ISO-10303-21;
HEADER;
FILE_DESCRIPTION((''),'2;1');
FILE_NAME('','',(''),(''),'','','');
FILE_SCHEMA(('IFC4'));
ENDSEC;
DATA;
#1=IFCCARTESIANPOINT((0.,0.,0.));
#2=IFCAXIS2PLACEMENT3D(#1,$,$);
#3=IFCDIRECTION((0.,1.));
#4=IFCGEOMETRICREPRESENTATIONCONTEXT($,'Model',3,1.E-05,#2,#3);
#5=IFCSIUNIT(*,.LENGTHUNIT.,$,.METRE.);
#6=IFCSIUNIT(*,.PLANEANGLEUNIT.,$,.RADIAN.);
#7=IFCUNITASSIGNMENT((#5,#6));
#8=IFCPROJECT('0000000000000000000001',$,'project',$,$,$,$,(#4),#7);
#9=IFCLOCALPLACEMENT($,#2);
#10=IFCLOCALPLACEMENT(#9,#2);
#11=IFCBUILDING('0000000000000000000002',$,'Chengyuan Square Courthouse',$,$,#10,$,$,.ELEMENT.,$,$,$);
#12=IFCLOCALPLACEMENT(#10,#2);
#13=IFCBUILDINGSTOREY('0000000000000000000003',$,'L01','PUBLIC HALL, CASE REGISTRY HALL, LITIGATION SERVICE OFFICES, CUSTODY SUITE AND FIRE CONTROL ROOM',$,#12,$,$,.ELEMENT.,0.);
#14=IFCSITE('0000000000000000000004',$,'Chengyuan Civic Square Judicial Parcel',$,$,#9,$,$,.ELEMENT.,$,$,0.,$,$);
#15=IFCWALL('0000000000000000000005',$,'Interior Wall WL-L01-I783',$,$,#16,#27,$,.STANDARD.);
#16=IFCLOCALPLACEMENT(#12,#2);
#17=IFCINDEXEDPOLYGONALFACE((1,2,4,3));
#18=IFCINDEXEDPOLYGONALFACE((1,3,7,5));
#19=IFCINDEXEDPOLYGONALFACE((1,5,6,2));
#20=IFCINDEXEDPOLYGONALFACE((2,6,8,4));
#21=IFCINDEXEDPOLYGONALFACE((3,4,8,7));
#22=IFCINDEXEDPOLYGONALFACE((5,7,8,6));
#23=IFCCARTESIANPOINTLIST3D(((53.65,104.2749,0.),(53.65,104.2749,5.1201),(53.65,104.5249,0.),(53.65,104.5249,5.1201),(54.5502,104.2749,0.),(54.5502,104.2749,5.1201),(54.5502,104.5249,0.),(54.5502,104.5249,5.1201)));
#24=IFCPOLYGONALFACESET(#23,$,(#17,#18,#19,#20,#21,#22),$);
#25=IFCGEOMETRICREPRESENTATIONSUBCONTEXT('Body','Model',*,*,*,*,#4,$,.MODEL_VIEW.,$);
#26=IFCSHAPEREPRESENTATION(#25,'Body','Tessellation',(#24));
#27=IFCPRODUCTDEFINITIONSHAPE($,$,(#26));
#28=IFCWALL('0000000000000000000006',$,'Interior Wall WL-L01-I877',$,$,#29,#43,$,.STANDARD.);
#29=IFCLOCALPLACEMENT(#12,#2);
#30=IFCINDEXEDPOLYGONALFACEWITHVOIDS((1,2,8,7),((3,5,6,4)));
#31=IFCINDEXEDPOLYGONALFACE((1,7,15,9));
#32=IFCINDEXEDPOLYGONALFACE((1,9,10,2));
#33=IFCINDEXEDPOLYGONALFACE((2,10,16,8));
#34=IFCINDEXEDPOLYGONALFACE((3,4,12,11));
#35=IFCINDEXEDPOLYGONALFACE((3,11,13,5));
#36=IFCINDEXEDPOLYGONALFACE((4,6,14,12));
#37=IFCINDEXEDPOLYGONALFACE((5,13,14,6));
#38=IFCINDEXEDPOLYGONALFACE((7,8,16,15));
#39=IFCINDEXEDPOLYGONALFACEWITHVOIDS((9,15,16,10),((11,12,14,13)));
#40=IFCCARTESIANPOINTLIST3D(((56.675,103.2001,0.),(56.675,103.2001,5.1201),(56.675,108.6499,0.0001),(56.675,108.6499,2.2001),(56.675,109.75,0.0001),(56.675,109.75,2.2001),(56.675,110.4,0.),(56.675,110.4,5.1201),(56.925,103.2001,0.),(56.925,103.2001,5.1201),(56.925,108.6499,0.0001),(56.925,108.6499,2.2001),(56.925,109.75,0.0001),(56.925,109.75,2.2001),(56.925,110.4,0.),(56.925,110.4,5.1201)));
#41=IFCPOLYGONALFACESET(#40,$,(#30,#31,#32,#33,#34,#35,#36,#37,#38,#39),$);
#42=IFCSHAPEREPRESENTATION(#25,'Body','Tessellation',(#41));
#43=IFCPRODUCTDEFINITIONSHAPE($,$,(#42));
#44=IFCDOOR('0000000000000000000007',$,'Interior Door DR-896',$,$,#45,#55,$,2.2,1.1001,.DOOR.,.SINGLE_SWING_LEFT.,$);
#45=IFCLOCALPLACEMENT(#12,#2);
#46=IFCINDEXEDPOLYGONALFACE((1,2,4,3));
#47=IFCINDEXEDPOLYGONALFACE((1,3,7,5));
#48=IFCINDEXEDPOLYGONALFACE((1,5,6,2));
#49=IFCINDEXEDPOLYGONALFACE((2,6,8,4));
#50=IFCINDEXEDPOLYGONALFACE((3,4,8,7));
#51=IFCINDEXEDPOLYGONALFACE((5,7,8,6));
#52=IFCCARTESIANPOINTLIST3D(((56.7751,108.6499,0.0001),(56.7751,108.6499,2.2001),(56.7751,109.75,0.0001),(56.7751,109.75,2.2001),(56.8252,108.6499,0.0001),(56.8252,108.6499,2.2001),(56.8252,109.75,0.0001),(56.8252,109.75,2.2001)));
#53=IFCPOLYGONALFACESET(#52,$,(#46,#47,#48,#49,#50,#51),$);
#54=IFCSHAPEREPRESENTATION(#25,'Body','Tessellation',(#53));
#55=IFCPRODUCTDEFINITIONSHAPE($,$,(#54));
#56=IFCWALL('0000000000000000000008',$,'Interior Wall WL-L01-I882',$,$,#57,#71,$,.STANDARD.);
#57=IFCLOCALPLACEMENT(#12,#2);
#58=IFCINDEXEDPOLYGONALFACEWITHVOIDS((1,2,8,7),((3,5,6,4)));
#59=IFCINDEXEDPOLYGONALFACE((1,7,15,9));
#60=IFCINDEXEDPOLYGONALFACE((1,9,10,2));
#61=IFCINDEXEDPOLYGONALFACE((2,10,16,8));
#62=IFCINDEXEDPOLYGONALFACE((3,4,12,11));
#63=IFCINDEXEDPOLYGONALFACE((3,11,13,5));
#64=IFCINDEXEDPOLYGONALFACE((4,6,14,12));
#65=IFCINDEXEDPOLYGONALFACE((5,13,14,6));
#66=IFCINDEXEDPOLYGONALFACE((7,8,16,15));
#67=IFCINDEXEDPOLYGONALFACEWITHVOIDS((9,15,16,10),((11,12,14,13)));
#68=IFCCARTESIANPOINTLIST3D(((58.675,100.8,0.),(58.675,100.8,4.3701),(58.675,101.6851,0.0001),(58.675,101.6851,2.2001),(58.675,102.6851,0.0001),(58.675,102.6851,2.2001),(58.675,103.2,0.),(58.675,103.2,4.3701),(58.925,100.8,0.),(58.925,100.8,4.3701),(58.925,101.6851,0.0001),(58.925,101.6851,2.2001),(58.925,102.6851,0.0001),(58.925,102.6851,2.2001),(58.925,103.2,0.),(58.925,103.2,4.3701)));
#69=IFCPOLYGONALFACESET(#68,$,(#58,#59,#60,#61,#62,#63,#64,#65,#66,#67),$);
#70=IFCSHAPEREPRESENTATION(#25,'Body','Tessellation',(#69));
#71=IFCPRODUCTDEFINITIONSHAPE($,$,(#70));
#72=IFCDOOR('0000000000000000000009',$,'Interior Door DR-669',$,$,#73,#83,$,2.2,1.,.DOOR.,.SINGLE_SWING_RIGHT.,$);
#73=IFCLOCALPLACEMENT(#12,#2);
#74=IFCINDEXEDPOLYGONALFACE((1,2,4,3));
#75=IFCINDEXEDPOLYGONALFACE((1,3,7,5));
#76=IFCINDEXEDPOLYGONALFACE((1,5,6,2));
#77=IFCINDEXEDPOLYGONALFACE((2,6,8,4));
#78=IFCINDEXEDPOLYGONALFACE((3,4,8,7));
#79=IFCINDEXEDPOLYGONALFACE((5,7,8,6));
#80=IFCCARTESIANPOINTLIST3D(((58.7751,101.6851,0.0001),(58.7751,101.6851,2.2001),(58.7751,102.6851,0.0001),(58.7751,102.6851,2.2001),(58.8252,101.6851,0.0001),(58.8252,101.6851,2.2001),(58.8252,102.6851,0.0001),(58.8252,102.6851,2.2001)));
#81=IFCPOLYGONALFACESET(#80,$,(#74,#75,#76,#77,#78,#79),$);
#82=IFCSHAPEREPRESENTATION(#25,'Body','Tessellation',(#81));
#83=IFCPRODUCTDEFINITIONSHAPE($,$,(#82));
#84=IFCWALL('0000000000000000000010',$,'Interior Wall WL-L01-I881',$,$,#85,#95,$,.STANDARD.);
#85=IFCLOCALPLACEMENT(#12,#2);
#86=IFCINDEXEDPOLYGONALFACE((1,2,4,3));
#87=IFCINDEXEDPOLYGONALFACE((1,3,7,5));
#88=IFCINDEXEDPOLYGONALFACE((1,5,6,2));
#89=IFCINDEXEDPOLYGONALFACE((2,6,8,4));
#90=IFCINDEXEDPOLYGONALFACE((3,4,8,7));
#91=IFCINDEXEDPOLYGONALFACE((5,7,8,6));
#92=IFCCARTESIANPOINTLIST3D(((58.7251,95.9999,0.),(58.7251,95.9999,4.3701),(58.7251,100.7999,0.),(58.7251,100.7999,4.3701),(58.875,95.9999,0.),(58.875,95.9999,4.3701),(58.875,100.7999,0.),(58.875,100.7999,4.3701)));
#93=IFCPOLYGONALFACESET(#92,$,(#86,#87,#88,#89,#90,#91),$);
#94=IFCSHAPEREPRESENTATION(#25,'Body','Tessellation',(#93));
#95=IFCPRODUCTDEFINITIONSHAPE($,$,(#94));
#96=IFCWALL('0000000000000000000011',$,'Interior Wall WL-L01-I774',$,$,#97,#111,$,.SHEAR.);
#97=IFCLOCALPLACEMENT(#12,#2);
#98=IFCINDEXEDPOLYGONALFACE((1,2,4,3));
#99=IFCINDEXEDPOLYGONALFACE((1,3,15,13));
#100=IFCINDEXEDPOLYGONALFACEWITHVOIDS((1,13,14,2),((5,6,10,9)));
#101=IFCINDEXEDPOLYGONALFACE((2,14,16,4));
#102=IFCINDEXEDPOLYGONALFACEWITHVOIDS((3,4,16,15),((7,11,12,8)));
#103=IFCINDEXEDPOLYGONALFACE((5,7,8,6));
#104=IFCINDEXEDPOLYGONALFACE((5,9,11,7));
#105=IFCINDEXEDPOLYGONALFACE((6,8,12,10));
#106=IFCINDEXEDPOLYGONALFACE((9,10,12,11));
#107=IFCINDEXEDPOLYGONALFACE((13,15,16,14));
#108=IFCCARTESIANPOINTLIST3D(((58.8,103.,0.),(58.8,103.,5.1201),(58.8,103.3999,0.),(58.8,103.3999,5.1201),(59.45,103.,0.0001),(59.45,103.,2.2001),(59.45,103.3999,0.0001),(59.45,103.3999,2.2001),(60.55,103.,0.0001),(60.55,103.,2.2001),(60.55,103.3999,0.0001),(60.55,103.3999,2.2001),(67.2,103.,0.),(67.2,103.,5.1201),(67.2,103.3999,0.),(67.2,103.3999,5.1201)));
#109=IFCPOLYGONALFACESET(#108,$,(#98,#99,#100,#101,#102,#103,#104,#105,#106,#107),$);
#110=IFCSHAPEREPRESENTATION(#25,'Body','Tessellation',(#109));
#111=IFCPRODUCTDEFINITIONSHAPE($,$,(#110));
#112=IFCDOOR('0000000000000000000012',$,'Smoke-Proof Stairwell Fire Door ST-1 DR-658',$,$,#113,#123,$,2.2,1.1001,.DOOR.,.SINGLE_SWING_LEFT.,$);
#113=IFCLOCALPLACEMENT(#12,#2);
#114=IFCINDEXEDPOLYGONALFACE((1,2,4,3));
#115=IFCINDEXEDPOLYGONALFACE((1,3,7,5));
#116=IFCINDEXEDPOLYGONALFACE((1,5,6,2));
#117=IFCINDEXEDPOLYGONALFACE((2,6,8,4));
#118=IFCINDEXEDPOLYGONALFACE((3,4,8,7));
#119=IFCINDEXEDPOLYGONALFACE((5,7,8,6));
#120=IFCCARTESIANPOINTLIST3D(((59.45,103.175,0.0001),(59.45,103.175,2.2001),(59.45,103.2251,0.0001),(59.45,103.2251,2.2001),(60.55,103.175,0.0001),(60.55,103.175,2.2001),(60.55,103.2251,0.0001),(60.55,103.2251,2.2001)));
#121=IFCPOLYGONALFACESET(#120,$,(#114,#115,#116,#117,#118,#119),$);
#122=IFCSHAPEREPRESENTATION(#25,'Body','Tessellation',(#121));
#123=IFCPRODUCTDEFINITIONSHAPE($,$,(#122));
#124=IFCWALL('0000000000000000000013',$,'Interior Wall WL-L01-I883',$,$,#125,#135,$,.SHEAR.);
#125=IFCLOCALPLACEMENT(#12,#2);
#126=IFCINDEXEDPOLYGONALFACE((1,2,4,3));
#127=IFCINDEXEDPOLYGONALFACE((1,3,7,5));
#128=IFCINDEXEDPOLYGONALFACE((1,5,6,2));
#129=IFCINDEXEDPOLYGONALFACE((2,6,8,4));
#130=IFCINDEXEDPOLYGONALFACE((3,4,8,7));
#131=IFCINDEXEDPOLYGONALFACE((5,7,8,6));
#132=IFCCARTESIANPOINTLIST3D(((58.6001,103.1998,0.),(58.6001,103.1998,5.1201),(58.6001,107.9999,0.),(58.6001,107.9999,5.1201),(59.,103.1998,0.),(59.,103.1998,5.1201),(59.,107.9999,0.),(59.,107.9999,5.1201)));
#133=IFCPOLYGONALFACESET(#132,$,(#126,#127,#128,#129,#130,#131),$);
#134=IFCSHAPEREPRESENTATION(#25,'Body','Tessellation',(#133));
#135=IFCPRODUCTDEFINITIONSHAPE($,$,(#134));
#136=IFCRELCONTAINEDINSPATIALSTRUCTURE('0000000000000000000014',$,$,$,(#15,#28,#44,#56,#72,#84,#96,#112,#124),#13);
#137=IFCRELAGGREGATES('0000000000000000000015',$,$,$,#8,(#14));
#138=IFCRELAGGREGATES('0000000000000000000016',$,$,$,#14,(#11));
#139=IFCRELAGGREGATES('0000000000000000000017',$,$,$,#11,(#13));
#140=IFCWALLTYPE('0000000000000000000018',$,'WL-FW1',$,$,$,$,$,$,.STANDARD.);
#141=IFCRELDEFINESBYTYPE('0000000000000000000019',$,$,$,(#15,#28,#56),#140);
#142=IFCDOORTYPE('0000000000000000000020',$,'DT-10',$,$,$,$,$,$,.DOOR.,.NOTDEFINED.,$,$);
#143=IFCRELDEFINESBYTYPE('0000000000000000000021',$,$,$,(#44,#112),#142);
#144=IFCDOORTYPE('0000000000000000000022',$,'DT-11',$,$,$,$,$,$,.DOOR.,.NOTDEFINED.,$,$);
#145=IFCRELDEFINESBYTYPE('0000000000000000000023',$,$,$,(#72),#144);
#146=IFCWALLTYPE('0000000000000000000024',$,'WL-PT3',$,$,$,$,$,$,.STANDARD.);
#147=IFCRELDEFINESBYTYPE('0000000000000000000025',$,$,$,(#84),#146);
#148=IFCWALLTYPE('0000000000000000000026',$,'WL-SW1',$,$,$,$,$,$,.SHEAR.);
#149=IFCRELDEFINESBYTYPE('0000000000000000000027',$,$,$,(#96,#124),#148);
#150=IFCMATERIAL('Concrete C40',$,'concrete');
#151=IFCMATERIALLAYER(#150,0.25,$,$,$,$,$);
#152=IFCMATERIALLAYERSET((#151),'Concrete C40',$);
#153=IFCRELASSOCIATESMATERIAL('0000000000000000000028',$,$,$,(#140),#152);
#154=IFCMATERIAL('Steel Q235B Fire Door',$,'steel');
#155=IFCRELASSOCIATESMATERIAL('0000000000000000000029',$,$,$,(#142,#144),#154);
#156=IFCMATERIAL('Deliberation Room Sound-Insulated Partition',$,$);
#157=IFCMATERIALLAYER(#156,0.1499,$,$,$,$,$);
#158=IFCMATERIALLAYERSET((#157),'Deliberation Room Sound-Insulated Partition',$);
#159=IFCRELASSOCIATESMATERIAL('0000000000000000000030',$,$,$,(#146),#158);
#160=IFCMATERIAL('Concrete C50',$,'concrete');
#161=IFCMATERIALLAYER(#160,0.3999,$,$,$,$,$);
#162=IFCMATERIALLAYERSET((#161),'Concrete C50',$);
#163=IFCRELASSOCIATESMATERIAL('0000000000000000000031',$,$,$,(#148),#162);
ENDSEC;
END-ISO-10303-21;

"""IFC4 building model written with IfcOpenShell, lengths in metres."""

from ifc_helpers import new_model, si_unit, direction, frame, frame_2d, origin, place, context, subcontext, project, spatial, rectangle, extrude, material, layer, layer_set, type_object, element, fill, save


model = new_model("IFC4")

# Units and contexts
model_context = context("Model", 3, precision=1e-05, world=origin(), true_north=direction((0.0, 1.0)))
body_context = subcontext(model_context, "Body", "Model", "MODEL_VIEW")
ifc_project = project(units=[si_unit("LENGTHUNIT", "METRE"), si_unit("PLANEANGLEUNIT", "RADIAN")], contexts=[model_context])

# Site, building, storey
site_placement = place(None, origin())
site = spatial("IfcSite", under=ifc_project, at=site_placement, Name="Chengyuan Civic Square Judicial Parcel", CompositionType="ELEMENT", RefElevation=0.0)
building_placement = place(site_placement, origin())
building = spatial("IfcBuilding", under=site, at=building_placement, Name="Chengyuan Square Courthouse", CompositionType="ELEMENT")
storey_placement = place(building_placement, origin())
storey = spatial("IfcBuildingStorey", under=building, at=storey_placement, Name="L01", Description="PUBLIC HALL, CASE REGISTRY HALL, LITIGATION SERVICE OFFICES, CUSTODY SUITE AND FIRE CONTROL ROOM", CompositionType="ELEMENT", Elevation=0.0)

# Shared definitions
ifc_material_1 = material(Name="Concrete C50", Category="concrete")

# Shared definitions
ifc_material_2 = material(Name="Concrete C40", Category="concrete")

# Shared definitions
ifc_layer_1 = layer(ifc_material_2, 0.25)
ifc_layer_set_1 = layer_set([ifc_layer_1], Name="Concrete C40")
wall_type_1 = type_object("IfcWallType", Name="WL-FW1", PredefinedType="STANDARD", material=ifc_layer_set_1)
ifc_material_3 = material(Name="Steel Q235B Fire Door", Category="steel")
door_type_1 = type_object("IfcDoorType", Name="DT-10", OperationType="NOTDEFINED", PredefinedType="DOOR", material=ifc_material_3)

# Shared definitions
door_type_2 = type_object("IfcDoorType", Name="DT-11", OperationType="NOTDEFINED", PredefinedType="DOOR", material=ifc_material_3)

# Wall
wall_1_placement = place(storey_placement, frame((53.6499, 104.3999, 0.0), z_axis=(0.0, 0.0, 1.0), x_axis=(1.0, 0.0, 0.0)))
element("IfcWall", 1, at=wall_1_placement, inside=storey, type_object=wall_type_1, Name="Interior Wall WL-L01-I783", PredefinedType="STANDARD", context=body_context, shape_type="SweptSolid", body=[
    extrude(rectangle(XDim=0.9001, YDim=0.25, at=frame_2d((0.4502, 0.0))), origin(), (0.0, 0.0, 1.0), 5.1201),
])

# Walls, openings, doors
wall_2_placement = place(storey_placement, frame((56.8, 103.2, 0.0), z_axis=(0.0, 0.0, 1.0), x_axis=(0.0, 1.0, 0.0)))
wall_2 = element("IfcWall", 2, at=wall_2_placement, inside=storey, type_object=wall_type_1, Name="Interior Wall WL-L01-I877", PredefinedType="STANDARD", context=body_context, shape_type="SweptSolid", body=[
    extrude(rectangle(XDim=7.2, YDim=0.25, at=frame_2d((3.6001, 0.0))), origin(), (0.0, 0.0, 1.0), 5.1201),
])
opening_1_placement = place(wall_2_placement, frame((5.45, 0.0, 0.0)))
opening_1 = element("IfcOpeningElement", 3, at=opening_1_placement, cuts=wall_2, PredefinedType="OPENING", context=body_context, shape_type="SweptSolid", body=[
    extrude(rectangle(XDim=1.1001, YDim=2.2, at=frame_2d((0.55, 1.1001))), frame((0.0, 0.137, 0.0), z_axis=(0.0, -1.0, 0.0), x_axis=(1.0, 0.0, 0.0)), (0.0, 0.0, 1.0), 0.2739),
])
door_1_placement = place(opening_1_placement, origin())
door_1 = element("IfcDoor", 4, at=door_1_placement, inside=storey, type_object=door_type_1, Name="Interior Door DR-896", OperationType="SINGLE_SWING_LEFT", OverallHeight=2.2, OverallWidth=1.1001, PredefinedType="DOOR", context=body_context, shape_type="SweptSolid", body=[
    extrude(rectangle(XDim=1.1001, YDim=2.2, at=frame_2d((0.55, 1.1001))), frame((0.0, 0.0249, 0.0), z_axis=(0.0, -1.0, 0.0), x_axis=(1.0, 0.0, 0.0)), (0.0, 0.0, 1.0), 0.05),
])
fill(opening_1, door_1)
wall_3_placement = place(storey_placement, frame((58.8, 100.8, 0.0), z_axis=(0.0, 0.0, 1.0), x_axis=(0.0, 1.0, 0.0)))
wall_3 = element("IfcWall", 5, at=wall_3_placement, inside=storey, type_object=wall_type_1, Name="Interior Wall WL-L01-I882", PredefinedType="STANDARD", context=body_context, shape_type="SweptSolid", body=[
    extrude(rectangle(XDim=2.3999, YDim=0.25, at=frame_2d((1.2, 0.0))), origin(), (0.0, 0.0, 1.0), 4.3701),
])
opening_2_placement = place(wall_3_placement, frame((0.885, 0.0, 0.0)))
opening_2 = element("IfcOpeningElement", 6, at=opening_2_placement, cuts=wall_3, PredefinedType="OPENING", context=body_context, shape_type="SweptSolid", body=[
    extrude(rectangle(XDim=1.0, YDim=2.2, at=frame_2d((0.5, 1.1001))), frame((0.0, 0.137, 0.0), z_axis=(0.0, -1.0, 0.0), x_axis=(1.0, 0.0, 0.0)), (0.0, 0.0, 1.0), 0.2739),
])
door_2_placement = place(opening_2_placement, origin())
door_2 = element("IfcDoor", 7, at=door_2_placement, inside=storey, type_object=door_type_2, Name="Interior Door DR-669", OperationType="SINGLE_SWING_RIGHT", OverallHeight=2.2, OverallWidth=1.0, PredefinedType="DOOR", context=body_context, shape_type="SweptSolid", body=[
    extrude(rectangle(XDim=1.0, YDim=2.2, at=frame_2d((0.5, 1.1001))), frame((0.0, 0.0249, 0.0), z_axis=(0.0, -1.0, 0.0), x_axis=(1.0, 0.0, 0.0)), (0.0, 0.0, 1.0), 0.05),
])
fill(opening_2, door_2)

# Wall
ifc_material_4 = material(Name="Deliberation Room Sound-Insulated Partition")
ifc_layer_2 = layer(ifc_material_4, 0.1499)
ifc_layer_set_2 = layer_set([ifc_layer_2], Name="Deliberation Room Sound-Insulated Partition")
wall_type_2 = type_object("IfcWallType", Name="WL-PT3", PredefinedType="STANDARD", material=ifc_layer_set_2)
wall_4_placement = place(storey_placement, frame((58.8, 96.0, 0.0), z_axis=(0.0, 0.0, 1.0), x_axis=(0.0, 1.0, 0.0)))
element("IfcWall", 8, at=wall_4_placement, inside=storey, type_object=wall_type_2, Name="Interior Wall WL-L01-I881", PredefinedType="STANDARD", context=body_context, shape_type="SweptSolid", body=[
    extrude(rectangle(XDim=4.8, YDim=0.1499, at=frame_2d((2.3999, 0.0))), origin(), (0.0, 0.0, 1.0), 4.3701),
])

# Wall, opening, door
ifc_layer_3 = layer(ifc_material_1, 0.3999)
ifc_layer_set_3 = layer_set([ifc_layer_3], Name="Concrete C50")
wall_type_3 = type_object("IfcWallType", Name="WL-SW1", PredefinedType="SHEAR", material=ifc_layer_set_3)
wall_5_placement = place(storey_placement, frame((58.8, 103.2, 0.0), z_axis=(0.0, 0.0, 1.0), x_axis=(1.0, 0.0, 0.0)))
wall_5 = element("IfcWall", 9, at=wall_5_placement, inside=storey, type_object=wall_type_3, Name="Interior Wall WL-L01-I774", PredefinedType="SHEAR", context=body_context, shape_type="SweptSolid", body=[
    extrude(rectangle(XDim=8.3999, YDim=0.3999, at=frame_2d((4.2, 0.0))), origin(), (0.0, 0.0, 1.0), 5.1201),
])
opening_3_placement = place(wall_5_placement, frame((0.6499, 0.0, 0.0)))
opening_3 = element("IfcOpeningElement", 10, at=opening_3_placement, cuts=wall_5, PredefinedType="OPENING", context=body_context, shape_type="SweptSolid", body=[
    extrude(rectangle(XDim=1.1001, YDim=2.2, at=frame_2d((0.55, 1.1001))), frame((0.0, 0.2119, 0.0), z_axis=(0.0, -1.0, 0.0), x_axis=(1.0, 0.0, 0.0)), (0.0, 0.0, 1.0), 0.4238),
])
door_3_placement = place(opening_3_placement, frame((1.1001, 0.0, 0.0), z_axis=(0.0, 0.0, 1.0), x_axis=(-1.0, 0.0, 0.0)))
door_3 = element("IfcDoor", 11, at=door_3_placement, inside=storey, type_object=door_type_1, Name="Smoke-Proof Stairwell Fire Door ST-1 DR-658", OperationType="SINGLE_SWING_LEFT", OverallHeight=2.2, OverallWidth=1.1001, PredefinedType="DOOR", context=body_context, shape_type="SweptSolid", body=[
    extrude(rectangle(XDim=1.1001, YDim=2.2, at=frame_2d((0.55, 1.1001))), frame((0.0, 0.0249, 0.0), z_axis=(0.0, -1.0, 0.0), x_axis=(1.0, 0.0, 0.0)), (0.0, 0.0, 1.0), 0.05),
])
fill(opening_3, door_3)

# Wall
wall_6_placement = place(storey_placement, frame((58.8, 103.2, 0.0), z_axis=(0.0, 0.0, 1.0), x_axis=(0.0, 1.0, 0.0)))
element("IfcWall", 12, at=wall_6_placement, inside=storey, type_object=wall_type_3, Name="Interior Wall WL-L01-I883", PredefinedType="SHEAR", context=body_context, shape_type="SweptSolid", body=[
    extrude(rectangle(XDim=4.8, YDim=0.3999, at=frame_2d((2.3999, 0.0))), origin(), (0.0, 0.0, 1.0), 5.1201),
])

save(model, "model.ifc")
